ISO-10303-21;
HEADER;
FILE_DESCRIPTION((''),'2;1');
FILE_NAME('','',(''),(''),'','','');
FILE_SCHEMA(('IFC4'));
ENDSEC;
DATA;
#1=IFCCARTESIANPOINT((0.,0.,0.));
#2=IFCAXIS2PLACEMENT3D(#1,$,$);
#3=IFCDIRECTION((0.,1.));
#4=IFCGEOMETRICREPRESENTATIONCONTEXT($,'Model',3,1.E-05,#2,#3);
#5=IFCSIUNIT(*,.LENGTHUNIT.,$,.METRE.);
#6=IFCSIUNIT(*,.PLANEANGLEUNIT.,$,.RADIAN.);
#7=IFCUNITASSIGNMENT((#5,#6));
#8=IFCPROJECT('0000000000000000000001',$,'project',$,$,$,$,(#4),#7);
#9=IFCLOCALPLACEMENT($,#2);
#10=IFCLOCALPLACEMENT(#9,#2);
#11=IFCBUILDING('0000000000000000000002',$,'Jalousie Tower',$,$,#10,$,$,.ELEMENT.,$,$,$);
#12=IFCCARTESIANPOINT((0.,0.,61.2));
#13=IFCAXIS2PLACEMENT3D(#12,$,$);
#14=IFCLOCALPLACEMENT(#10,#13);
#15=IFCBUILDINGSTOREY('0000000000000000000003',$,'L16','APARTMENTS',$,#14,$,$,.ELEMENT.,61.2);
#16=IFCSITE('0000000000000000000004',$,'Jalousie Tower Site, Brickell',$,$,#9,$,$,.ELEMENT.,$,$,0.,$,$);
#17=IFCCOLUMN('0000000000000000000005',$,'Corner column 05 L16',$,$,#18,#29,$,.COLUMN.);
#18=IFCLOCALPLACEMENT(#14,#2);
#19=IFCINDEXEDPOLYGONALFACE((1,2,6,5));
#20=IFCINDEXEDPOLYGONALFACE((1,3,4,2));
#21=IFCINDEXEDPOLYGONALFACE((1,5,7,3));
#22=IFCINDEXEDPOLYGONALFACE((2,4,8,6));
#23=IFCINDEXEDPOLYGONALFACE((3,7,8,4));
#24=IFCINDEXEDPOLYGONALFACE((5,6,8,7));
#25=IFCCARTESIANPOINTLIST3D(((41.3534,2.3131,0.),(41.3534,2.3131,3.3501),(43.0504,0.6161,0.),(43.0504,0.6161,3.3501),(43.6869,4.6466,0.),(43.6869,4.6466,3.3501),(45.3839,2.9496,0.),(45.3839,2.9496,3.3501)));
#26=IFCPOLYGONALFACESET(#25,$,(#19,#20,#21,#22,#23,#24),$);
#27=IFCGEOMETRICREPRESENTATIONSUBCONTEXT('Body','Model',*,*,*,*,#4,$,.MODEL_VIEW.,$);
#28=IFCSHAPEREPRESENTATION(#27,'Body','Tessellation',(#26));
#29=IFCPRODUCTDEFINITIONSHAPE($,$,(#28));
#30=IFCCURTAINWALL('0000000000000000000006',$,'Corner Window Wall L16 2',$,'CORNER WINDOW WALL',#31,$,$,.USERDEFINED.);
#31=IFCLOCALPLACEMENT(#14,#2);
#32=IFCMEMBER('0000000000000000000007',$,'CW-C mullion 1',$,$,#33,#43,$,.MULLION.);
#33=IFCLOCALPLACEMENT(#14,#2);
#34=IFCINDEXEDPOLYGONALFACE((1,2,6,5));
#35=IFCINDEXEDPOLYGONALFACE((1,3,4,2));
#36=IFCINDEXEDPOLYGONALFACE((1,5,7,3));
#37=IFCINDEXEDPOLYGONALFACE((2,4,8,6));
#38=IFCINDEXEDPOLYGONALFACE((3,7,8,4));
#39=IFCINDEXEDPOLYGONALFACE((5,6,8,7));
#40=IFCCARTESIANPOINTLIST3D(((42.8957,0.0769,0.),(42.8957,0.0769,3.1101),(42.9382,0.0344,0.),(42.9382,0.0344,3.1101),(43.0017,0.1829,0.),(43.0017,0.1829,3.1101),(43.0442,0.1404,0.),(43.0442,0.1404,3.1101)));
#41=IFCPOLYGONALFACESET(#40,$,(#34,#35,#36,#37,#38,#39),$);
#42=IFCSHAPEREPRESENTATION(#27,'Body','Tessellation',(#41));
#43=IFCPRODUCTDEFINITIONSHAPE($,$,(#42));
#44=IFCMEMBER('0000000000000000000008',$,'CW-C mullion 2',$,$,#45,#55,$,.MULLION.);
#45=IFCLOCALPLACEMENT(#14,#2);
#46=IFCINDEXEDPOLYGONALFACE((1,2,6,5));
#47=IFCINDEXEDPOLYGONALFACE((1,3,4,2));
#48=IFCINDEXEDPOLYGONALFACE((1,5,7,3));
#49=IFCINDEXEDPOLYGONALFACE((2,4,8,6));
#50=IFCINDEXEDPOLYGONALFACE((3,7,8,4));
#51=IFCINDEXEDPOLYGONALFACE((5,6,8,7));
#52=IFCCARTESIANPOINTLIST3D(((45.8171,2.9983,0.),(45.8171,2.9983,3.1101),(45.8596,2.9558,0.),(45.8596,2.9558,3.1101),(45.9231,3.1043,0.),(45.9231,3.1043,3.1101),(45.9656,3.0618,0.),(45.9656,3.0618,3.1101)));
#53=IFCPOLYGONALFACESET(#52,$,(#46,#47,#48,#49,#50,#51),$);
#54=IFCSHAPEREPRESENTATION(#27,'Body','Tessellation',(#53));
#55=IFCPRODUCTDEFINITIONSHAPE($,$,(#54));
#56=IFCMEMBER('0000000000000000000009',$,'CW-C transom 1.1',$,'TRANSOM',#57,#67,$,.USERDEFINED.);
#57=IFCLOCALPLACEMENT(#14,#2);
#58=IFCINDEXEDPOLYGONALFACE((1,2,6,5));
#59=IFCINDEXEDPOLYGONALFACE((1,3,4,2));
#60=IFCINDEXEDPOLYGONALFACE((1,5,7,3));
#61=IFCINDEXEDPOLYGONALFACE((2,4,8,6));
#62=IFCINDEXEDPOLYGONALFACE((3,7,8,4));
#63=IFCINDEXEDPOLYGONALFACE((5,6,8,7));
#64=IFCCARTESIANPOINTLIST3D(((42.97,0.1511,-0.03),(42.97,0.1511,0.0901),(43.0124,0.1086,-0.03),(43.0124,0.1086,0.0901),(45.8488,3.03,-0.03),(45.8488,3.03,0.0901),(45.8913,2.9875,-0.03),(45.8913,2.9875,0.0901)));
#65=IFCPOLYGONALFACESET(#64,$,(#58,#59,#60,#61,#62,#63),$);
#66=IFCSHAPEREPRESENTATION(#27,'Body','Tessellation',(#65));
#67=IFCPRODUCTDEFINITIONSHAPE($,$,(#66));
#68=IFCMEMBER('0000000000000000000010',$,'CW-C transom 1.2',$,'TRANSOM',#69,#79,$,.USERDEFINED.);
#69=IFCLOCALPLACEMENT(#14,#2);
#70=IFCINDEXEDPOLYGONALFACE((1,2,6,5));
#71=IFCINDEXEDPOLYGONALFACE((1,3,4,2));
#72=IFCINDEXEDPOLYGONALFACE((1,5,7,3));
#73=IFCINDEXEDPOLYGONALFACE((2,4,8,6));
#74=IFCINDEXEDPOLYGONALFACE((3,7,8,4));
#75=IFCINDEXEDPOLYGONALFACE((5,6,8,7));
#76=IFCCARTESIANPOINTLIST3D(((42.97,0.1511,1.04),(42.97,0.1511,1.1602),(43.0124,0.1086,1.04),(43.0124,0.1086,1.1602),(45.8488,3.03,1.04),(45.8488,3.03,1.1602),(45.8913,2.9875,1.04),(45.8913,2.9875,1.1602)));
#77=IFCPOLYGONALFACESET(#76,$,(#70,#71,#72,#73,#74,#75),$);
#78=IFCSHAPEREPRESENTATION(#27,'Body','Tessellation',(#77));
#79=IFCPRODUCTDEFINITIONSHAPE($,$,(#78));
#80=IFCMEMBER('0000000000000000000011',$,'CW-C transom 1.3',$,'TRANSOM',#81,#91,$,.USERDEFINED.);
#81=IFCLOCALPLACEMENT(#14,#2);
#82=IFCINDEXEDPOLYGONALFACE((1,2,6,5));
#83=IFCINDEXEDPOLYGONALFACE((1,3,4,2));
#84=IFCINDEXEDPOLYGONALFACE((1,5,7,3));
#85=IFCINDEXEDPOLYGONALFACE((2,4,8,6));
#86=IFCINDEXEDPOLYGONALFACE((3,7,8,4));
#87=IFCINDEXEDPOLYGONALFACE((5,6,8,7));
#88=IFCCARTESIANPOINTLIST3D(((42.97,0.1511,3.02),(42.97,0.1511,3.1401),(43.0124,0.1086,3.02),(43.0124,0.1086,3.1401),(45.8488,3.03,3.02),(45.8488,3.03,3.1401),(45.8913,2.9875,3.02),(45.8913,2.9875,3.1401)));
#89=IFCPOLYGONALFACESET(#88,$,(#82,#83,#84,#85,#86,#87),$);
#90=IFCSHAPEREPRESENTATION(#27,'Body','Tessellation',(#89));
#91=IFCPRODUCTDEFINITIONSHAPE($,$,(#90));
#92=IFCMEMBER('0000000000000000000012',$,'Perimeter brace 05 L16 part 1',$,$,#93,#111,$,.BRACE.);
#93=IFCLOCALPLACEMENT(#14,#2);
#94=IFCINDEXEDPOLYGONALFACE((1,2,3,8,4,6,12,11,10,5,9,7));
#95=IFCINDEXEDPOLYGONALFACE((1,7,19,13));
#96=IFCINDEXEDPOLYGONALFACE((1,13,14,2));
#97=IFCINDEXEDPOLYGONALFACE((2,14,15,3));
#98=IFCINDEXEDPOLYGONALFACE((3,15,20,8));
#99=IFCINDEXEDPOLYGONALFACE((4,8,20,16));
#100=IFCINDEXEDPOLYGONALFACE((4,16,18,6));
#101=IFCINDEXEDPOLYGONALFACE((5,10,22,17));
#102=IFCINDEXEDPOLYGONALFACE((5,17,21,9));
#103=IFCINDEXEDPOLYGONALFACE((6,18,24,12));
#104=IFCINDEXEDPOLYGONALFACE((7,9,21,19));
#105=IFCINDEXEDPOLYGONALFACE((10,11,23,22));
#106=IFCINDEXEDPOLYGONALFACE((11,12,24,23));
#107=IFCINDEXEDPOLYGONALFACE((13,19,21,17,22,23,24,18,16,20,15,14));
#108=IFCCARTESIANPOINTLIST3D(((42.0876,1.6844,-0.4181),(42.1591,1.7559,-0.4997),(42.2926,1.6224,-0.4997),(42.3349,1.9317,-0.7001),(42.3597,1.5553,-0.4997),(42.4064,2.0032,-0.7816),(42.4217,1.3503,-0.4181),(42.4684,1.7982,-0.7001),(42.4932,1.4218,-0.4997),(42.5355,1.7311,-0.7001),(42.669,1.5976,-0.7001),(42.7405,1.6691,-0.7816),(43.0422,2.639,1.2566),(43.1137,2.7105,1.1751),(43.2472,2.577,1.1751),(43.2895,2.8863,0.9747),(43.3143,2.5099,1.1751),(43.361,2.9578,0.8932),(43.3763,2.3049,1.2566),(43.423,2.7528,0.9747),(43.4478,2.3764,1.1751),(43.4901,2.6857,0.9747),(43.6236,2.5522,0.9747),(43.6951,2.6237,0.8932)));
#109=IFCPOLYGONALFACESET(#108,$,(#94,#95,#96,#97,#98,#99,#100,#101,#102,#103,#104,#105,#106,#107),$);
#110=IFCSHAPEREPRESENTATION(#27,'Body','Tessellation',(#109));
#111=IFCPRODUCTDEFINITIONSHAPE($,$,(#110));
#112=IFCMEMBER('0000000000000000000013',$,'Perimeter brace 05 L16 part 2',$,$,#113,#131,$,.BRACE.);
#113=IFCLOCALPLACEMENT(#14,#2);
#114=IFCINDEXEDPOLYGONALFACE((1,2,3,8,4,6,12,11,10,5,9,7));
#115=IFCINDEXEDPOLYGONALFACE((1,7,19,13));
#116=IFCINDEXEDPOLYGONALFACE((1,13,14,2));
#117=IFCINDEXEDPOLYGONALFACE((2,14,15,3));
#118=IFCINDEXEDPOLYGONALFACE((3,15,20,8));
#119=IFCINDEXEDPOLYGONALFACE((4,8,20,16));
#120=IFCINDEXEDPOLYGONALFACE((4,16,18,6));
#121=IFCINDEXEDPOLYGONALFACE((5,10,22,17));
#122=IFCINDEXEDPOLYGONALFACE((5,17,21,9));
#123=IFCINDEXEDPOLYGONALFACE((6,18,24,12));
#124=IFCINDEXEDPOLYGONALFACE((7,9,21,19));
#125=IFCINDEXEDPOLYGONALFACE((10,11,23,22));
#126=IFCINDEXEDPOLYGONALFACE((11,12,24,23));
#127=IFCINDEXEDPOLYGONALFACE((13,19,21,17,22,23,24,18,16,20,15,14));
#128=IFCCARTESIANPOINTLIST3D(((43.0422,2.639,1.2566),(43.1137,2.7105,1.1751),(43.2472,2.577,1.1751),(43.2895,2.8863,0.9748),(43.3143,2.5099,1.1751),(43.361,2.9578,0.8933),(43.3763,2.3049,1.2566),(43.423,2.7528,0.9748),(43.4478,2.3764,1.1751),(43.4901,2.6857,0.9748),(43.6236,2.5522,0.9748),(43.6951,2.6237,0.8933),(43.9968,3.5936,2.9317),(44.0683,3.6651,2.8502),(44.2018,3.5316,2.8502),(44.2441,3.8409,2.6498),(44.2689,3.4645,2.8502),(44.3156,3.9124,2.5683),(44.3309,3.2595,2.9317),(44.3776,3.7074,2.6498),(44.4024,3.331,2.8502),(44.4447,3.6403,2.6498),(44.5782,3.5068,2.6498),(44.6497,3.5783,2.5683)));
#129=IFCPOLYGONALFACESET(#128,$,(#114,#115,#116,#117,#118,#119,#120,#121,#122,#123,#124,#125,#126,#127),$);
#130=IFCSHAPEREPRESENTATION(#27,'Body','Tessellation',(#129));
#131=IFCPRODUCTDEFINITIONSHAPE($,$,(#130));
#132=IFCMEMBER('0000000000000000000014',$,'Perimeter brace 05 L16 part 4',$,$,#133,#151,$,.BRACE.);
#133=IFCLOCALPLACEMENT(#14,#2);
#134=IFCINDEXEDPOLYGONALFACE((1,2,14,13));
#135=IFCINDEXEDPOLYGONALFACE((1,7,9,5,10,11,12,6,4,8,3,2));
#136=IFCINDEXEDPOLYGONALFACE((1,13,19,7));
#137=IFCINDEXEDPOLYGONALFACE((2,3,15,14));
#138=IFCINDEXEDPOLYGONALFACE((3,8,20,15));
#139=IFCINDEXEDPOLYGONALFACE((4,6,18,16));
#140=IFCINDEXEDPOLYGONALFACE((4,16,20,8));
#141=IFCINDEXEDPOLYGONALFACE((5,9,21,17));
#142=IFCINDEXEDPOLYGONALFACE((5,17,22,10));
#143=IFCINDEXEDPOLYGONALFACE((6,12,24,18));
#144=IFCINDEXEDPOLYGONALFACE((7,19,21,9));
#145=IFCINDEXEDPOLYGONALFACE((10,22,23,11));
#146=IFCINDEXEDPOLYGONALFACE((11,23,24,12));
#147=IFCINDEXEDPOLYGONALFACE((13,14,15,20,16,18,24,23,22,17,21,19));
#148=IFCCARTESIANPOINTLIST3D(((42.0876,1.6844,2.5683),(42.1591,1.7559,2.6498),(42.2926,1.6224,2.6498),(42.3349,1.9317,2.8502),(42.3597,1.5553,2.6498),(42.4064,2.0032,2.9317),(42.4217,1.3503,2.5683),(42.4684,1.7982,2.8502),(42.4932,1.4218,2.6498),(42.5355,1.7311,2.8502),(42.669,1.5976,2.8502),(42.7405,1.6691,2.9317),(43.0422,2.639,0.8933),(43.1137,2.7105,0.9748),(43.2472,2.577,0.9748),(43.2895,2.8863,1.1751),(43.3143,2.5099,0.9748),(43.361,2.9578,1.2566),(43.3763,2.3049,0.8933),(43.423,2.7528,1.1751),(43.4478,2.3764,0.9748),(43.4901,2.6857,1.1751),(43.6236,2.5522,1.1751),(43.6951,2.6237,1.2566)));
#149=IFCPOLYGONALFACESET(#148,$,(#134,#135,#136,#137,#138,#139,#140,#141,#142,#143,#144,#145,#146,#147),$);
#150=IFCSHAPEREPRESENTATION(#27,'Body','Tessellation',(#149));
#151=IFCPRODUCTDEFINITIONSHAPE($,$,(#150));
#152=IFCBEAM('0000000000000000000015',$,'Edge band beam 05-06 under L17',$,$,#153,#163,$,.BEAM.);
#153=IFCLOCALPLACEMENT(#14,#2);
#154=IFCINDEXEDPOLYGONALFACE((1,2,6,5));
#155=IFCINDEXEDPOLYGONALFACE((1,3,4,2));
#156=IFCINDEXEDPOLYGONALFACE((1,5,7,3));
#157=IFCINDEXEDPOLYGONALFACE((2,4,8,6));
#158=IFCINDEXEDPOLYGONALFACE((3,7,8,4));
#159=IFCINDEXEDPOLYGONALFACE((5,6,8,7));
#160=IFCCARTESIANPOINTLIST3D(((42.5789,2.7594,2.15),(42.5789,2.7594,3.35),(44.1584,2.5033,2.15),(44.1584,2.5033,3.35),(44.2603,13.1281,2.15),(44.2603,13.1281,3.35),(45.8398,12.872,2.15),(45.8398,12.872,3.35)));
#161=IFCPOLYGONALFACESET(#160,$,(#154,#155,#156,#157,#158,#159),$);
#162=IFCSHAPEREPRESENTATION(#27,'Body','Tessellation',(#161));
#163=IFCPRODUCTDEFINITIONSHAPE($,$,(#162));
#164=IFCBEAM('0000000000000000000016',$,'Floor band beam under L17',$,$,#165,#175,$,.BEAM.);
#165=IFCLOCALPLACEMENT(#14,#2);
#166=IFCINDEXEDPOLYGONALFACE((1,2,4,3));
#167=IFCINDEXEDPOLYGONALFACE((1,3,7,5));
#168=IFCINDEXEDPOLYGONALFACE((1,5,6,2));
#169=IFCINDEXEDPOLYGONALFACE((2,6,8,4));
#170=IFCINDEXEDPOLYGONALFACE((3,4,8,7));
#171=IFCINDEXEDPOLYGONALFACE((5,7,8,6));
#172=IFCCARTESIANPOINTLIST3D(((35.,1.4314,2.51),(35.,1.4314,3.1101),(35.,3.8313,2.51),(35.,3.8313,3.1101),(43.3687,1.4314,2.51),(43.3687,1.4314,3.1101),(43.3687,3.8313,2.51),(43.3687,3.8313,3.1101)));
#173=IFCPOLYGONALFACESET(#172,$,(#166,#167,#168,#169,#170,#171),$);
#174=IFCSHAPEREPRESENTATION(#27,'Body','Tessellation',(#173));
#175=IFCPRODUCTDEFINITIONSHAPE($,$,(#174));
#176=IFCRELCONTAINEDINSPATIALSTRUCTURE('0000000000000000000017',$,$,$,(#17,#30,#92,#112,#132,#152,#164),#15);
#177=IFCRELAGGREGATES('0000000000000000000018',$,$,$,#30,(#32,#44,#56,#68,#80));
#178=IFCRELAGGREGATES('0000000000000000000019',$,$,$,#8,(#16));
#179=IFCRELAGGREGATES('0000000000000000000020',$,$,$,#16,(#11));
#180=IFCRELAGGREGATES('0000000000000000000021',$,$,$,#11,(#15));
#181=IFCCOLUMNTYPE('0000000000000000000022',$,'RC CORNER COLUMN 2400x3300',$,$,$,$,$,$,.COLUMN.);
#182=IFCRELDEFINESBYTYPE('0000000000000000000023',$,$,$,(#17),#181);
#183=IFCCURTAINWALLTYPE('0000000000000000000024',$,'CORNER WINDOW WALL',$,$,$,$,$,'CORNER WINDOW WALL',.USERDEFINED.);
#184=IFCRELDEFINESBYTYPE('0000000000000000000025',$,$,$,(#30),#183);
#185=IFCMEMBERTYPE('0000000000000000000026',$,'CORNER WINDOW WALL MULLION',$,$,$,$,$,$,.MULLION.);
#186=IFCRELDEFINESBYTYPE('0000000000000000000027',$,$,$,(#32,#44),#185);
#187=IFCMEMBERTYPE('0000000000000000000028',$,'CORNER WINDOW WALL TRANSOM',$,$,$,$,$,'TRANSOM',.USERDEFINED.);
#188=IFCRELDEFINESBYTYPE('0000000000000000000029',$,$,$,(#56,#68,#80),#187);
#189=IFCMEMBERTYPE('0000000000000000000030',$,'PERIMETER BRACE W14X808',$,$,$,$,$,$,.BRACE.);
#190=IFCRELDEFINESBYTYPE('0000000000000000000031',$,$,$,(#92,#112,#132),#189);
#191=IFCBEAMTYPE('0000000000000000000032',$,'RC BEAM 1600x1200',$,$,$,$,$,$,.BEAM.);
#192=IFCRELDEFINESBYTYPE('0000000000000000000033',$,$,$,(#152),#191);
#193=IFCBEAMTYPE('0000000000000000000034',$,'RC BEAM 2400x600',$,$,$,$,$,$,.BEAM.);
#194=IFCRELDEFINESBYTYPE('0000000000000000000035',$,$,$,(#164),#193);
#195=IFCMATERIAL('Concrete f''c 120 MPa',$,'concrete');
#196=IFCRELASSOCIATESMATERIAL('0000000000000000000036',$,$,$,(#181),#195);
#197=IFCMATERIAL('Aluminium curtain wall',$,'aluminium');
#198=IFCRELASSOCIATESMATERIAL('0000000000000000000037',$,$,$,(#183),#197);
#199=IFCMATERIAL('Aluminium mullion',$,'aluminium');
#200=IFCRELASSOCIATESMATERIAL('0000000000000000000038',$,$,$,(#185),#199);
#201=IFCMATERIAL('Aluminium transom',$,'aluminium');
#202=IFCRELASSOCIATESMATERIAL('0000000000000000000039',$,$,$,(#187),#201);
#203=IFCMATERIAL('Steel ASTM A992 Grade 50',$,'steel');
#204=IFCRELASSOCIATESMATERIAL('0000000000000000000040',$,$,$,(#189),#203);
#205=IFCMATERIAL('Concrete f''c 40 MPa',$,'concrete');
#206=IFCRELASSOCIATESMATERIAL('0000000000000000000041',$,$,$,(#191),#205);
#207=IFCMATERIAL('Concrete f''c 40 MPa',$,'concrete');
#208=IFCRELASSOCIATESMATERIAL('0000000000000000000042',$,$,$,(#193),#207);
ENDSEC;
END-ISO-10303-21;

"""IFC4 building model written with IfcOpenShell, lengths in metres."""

from ifc_helpers import new_model, si_unit, direction, frame, origin, origin_2d, place, context, subcontext, project, spatial, rectangle, i_section, extrude, material, material_profile, profile_set, type_object, element, aggregate, save


model = new_model("IFC4")

# Units and contexts
model_context = context("Model", 3, precision=1e-05, world=origin(), true_north=direction((0.0, 1.0)))
body_context = subcontext(model_context, "Body", "Model", "MODEL_VIEW")
ifc_project = project(units=[si_unit("LENGTHUNIT", "METRE"), si_unit("PLANEANGLEUNIT", "RADIAN")], contexts=[model_context])

# Site, building, storey
site_placement = place(None, origin())
site = spatial("IfcSite", under=ifc_project, at=site_placement, Name="Jalousie Tower Site, Brickell", CompositionType="ELEMENT", RefElevation=0.0)
building_placement = place(site_placement, origin())
building = spatial("IfcBuilding", under=site, at=building_placement, Name="Jalousie Tower", CompositionType="ELEMENT")
storey_placement = place(building_placement, frame((0.0, 0.0, 61.2)))
storey = spatial("IfcBuildingStorey", under=building, at=storey_placement, Name="L16", Description="APARTMENTS", CompositionType="ELEMENT", Elevation=61.2)

# Column
ifc_material_1 = material(Name="Concrete f'c 120 MPa", Category="concrete")
ifc_material_profile_1 = material_profile(ifc_material_1, rectangle(XDim=2.3999, YDim=3.3, at=origin_2d()), Name="RC 2400x3300")
ifc_profile_set_1 = profile_set([ifc_material_profile_1], Name="Concrete f'c 120 MPa")
column_type = type_object("IfcColumnType", Name="RC CORNER COLUMN 2400x3300", PredefinedType="COLUMN", material=ifc_profile_set_1)
column_placement = place(storey_placement, frame((43.3687, 2.6313, 0.0), z_axis=(0.0, 0.0, 1.0), x_axis=(-0.707107, 0.707107, 0.0)))
element("IfcColumn", 1, at=column_placement, inside=storey, type_object=column_type, Name="Corner column 05 L16", PredefinedType="COLUMN", context=body_context, shape_type="SweptSolid", body=[
    extrude(rectangle(XDim=2.3999, YDim=3.3, at=origin_2d()), origin(), (0.0, 0.0, 1.0), 3.3501),
])

# Curtain wall, members
ifc_material_2 = material(Name="Aluminium curtain wall", Category="aluminium")
curtain_wall_type_1 = type_object("IfcCurtainWallType", Name="CORNER WINDOW WALL", ElementType="CORNER WINDOW WALL", PredefinedType="USERDEFINED", material=ifc_material_2)
curtain_wall_1_placement = place(storey_placement, origin())
curtain_wall_1 = element("IfcCurtainWall", 2, at=curtain_wall_1_placement, inside=storey, type_object=curtain_wall_type_1, Name="Corner Window Wall L16 2", ObjectType="CORNER WINDOW WALL", PredefinedType="USERDEFINED")
ifc_material_3 = material(Name="Aluminium mullion", Category="aluminium")
ifc_material_profile_2 = material_profile(ifc_material_3, rectangle(XDim=0.0601, YDim=0.1499, at=origin_2d()), Name="MULLION 60x150")
ifc_profile_set_2 = profile_set([ifc_material_profile_2], Name="Aluminium mullion")
member_type_1 = type_object("IfcMemberType", Name="CORNER WINDOW WALL MULLION", PredefinedType="MULLION", material=ifc_profile_set_2)
member_1_placement = place(storey_placement, frame((42.97, 0.1086, 0.0), z_axis=(0.0, 0.0, 1.0), x_axis=(-0.707107, 0.707107, 0.0)))
member_1 = element("IfcMember", 3, at=member_1_placement, type_object=member_type_1, Name="CW-C mullion 1", PredefinedType="MULLION", context=body_context, shape_type="SweptSolid", body=[
    extrude(rectangle(XDim=0.0601, YDim=0.1499, at=origin_2d()), origin(), (0.0, 0.0, 1.0), 3.1101),
])
member_2_placement = place(storey_placement, frame((45.8914, 3.03, 0.0), z_axis=(0.0, 0.0, 1.0), x_axis=(-0.707107, 0.707107, 0.0)))
member_2 = element("IfcMember", 4, at=member_2_placement, type_object=member_type_1, Name="CW-C mullion 2", PredefinedType="MULLION", context=body_context, shape_type="SweptSolid", body=[
    extrude(rectangle(XDim=0.0601, YDim=0.1499, at=origin_2d()), origin(), (0.0, 0.0, 1.0), 3.1101),
])
ifc_material_4 = material(Name="Aluminium transom", Category="aluminium")
ifc_material_profile_3 = material_profile(ifc_material_4, rectangle(XDim=0.0601, YDim=0.1201, at=origin_2d()), Name="TRANSOM 60x120")
ifc_profile_set_3 = profile_set([ifc_material_profile_3], Name="Aluminium transom")
member_type_2 = type_object("IfcMemberType", Name="CORNER WINDOW WALL TRANSOM", ElementType="TRANSOM", PredefinedType="USERDEFINED", material=ifc_profile_set_3)
member_3_placement = place(storey_placement, frame((42.9912, 0.1299, 0.03), z_axis=(0.707107, 0.707107, 0.0), x_axis=(-0.707107, 0.707107, 0.0)))
member_3 = element("IfcMember", 5, at=member_3_placement, type_object=member_type_2, Name="CW-C transom 1.1", ObjectType="TRANSOM", PredefinedType="USERDEFINED", context=body_context, shape_type="SweptSolid", body=[
    extrude(rectangle(XDim=0.0601, YDim=0.1201, at=origin_2d()), origin(), (0.0, 0.0, 1.0), 4.0713),
])
member_4_placement = place(storey_placement, frame((42.9912, 0.1299, 1.1001), z_axis=(0.707107, 0.707107, 0.0), x_axis=(-0.707107, 0.707107, 0.0)))
member_4 = element("IfcMember", 6, at=member_4_placement, type_object=member_type_2, Name="CW-C transom 1.2", ObjectType="TRANSOM", PredefinedType="USERDEFINED", context=body_context, shape_type="SweptSolid", body=[
    extrude(rectangle(XDim=0.0601, YDim=0.1201, at=origin_2d()), origin(), (0.0, 0.0, 1.0), 4.0713),
])
member_5_placement = place(storey_placement, frame((42.9912, 0.1299, 3.0801), z_axis=(0.707107, 0.707107, 0.0), x_axis=(-0.707107, 0.707107, 0.0)))
member_5 = element("IfcMember", 7, at=member_5_placement, type_object=member_type_2, Name="CW-C transom 1.3", ObjectType="TRANSOM", PredefinedType="USERDEFINED", context=body_context, shape_type="SweptSolid", body=[
    extrude(rectangle(XDim=0.0601, YDim=0.1201, at=origin_2d()), origin(), (0.0, 0.0, 1.0), 4.0713),
])

# Members
ifc_material_5 = material(Name="Steel ASTM A992 Grade 50", Category="steel")
ifc_material_profile_4 = material_profile(ifc_material_5, i_section(OverallWidth=0.4724, OverallDepth=0.5791, WebThickness=0.095, FlangeThickness=0.1299, at=origin_2d()), Name="W14X808")
ifc_profile_set_4 = profile_set([ifc_material_profile_4], Name="Steel ASTM A992 Grade 50")
member_type_3 = type_object("IfcMemberType", Name="PERIMETER BRACE W14X808", PredefinedType="BRACE", material=ifc_profile_set_4)
member_6_placement = place(storey_placement, frame((42.4141, 1.6768, -0.5999), z_axis=(0.443758, 0.443758, 0.778562), x_axis=(-0.707107, 0.707107, 0.0)))
element("IfcMember", 8, at=member_6_placement, inside=storey, type_object=member_type_3, Name="Perimeter brace 05 L16 part 1", PredefinedType="BRACE", context=body_context, shape_type="SweptSolid", body=[
    extrude(i_section(OverallWidth=0.4724, OverallDepth=0.5791, WebThickness=0.095, FlangeThickness=0.1299, at=origin_2d()), origin(), (0.0, 0.0, 1.0), 2.1511),
])
for number, where, z_axis, x_axis, name in (
    (9, (43.3687, 2.6313, 1.075), (0.443718, 0.443718, 0.778607), (-0.707107, 0.707107, 0.0), "Perimeter brace 05 L16 part 2"),
    (10, (43.3687, 2.6313, 1.075), (-0.443718, -0.443718, 0.778607), (0.707107, -0.707107, 0.0), "Perimeter brace 05 L16 part 4"),
):
    element("IfcMember", number, at=place(storey_placement, frame(where, z_axis=z_axis, x_axis=x_axis)), inside=storey, type_object=member_type_3, Name=name, PredefinedType="BRACE", context=body_context, shape_type="SweptSolid", body=[
        extrude(i_section(OverallWidth=0.4724, OverallDepth=0.5791, WebThickness=0.095, FlangeThickness=0.1299, at=origin_2d()), origin(), (0.0, 0.0, 1.0), 2.1514),
    ])

# Beams
ifc_material_6 = material(Name="Concrete f'c 40 MPa", Category="concrete")
ifc_material_profile_5 = material_profile(ifc_material_6, rectangle(XDim=1.6001, YDim=1.2, at=origin_2d()), Name="RC 1600x1200")
ifc_profile_set_5 = profile_set([ifc_material_profile_5], Name="Concrete f'c 40 MPa")
beam_type_1 = type_object("IfcBeamType", Name="RC BEAM 1600x1200", PredefinedType="BEAM", material=ifc_profile_set_5)
beam_1_placement = place(storey_placement, frame((43.3687, 2.6313, 2.75), z_axis=(0.160071, 0.987106, 0.0), x_axis=(-0.987106, 0.160071, 0.0)))
element("IfcBeam", 11, at=beam_1_placement, inside=storey, type_object=beam_type_1, Name="Edge band beam 05-06 under L17", PredefinedType="BEAM", context=body_context, shape_type="SweptSolid", body=[
    extrude(rectangle(XDim=1.6001, YDim=1.2, at=origin_2d()), origin(), (0.0, 0.0, 1.0), 10.5042),
])
ifc_material_7 = material(Name="Concrete f'c 40 MPa", Category="concrete")
ifc_material_profile_6 = material_profile(ifc_material_7, rectangle(XDim=2.3999, YDim=0.6001, at=origin_2d()), Name="RC 2400x600")
ifc_profile_set_6 = profile_set([ifc_material_profile_6], Name="Concrete f'c 40 MPa")
beam_type_2 = type_object("IfcBeamType", Name="RC BEAM 2400x600", PredefinedType="BEAM", material=ifc_profile_set_6)
beam_2_placement = place(storey_placement, frame((43.3687, 2.6313, 2.8101), z_axis=(-1.0, 0.0, 0.0), x_axis=(0.0, -1.0, 0.0)))
element("IfcBeam", 12, at=beam_2_placement, inside=storey, type_object=beam_type_2, Name="Floor band beam under L17", PredefinedType="BEAM", context=body_context, shape_type="SweptSolid", body=[
    extrude(rectangle(XDim=2.3999, YDim=0.6001, at=origin_2d()), origin(), (0.0, 0.0, 1.0), 8.3687),
])

aggregate(curtain_wall_1, [member_1, member_2, member_3, member_4, member_5])

save(model, "model.ifc")
